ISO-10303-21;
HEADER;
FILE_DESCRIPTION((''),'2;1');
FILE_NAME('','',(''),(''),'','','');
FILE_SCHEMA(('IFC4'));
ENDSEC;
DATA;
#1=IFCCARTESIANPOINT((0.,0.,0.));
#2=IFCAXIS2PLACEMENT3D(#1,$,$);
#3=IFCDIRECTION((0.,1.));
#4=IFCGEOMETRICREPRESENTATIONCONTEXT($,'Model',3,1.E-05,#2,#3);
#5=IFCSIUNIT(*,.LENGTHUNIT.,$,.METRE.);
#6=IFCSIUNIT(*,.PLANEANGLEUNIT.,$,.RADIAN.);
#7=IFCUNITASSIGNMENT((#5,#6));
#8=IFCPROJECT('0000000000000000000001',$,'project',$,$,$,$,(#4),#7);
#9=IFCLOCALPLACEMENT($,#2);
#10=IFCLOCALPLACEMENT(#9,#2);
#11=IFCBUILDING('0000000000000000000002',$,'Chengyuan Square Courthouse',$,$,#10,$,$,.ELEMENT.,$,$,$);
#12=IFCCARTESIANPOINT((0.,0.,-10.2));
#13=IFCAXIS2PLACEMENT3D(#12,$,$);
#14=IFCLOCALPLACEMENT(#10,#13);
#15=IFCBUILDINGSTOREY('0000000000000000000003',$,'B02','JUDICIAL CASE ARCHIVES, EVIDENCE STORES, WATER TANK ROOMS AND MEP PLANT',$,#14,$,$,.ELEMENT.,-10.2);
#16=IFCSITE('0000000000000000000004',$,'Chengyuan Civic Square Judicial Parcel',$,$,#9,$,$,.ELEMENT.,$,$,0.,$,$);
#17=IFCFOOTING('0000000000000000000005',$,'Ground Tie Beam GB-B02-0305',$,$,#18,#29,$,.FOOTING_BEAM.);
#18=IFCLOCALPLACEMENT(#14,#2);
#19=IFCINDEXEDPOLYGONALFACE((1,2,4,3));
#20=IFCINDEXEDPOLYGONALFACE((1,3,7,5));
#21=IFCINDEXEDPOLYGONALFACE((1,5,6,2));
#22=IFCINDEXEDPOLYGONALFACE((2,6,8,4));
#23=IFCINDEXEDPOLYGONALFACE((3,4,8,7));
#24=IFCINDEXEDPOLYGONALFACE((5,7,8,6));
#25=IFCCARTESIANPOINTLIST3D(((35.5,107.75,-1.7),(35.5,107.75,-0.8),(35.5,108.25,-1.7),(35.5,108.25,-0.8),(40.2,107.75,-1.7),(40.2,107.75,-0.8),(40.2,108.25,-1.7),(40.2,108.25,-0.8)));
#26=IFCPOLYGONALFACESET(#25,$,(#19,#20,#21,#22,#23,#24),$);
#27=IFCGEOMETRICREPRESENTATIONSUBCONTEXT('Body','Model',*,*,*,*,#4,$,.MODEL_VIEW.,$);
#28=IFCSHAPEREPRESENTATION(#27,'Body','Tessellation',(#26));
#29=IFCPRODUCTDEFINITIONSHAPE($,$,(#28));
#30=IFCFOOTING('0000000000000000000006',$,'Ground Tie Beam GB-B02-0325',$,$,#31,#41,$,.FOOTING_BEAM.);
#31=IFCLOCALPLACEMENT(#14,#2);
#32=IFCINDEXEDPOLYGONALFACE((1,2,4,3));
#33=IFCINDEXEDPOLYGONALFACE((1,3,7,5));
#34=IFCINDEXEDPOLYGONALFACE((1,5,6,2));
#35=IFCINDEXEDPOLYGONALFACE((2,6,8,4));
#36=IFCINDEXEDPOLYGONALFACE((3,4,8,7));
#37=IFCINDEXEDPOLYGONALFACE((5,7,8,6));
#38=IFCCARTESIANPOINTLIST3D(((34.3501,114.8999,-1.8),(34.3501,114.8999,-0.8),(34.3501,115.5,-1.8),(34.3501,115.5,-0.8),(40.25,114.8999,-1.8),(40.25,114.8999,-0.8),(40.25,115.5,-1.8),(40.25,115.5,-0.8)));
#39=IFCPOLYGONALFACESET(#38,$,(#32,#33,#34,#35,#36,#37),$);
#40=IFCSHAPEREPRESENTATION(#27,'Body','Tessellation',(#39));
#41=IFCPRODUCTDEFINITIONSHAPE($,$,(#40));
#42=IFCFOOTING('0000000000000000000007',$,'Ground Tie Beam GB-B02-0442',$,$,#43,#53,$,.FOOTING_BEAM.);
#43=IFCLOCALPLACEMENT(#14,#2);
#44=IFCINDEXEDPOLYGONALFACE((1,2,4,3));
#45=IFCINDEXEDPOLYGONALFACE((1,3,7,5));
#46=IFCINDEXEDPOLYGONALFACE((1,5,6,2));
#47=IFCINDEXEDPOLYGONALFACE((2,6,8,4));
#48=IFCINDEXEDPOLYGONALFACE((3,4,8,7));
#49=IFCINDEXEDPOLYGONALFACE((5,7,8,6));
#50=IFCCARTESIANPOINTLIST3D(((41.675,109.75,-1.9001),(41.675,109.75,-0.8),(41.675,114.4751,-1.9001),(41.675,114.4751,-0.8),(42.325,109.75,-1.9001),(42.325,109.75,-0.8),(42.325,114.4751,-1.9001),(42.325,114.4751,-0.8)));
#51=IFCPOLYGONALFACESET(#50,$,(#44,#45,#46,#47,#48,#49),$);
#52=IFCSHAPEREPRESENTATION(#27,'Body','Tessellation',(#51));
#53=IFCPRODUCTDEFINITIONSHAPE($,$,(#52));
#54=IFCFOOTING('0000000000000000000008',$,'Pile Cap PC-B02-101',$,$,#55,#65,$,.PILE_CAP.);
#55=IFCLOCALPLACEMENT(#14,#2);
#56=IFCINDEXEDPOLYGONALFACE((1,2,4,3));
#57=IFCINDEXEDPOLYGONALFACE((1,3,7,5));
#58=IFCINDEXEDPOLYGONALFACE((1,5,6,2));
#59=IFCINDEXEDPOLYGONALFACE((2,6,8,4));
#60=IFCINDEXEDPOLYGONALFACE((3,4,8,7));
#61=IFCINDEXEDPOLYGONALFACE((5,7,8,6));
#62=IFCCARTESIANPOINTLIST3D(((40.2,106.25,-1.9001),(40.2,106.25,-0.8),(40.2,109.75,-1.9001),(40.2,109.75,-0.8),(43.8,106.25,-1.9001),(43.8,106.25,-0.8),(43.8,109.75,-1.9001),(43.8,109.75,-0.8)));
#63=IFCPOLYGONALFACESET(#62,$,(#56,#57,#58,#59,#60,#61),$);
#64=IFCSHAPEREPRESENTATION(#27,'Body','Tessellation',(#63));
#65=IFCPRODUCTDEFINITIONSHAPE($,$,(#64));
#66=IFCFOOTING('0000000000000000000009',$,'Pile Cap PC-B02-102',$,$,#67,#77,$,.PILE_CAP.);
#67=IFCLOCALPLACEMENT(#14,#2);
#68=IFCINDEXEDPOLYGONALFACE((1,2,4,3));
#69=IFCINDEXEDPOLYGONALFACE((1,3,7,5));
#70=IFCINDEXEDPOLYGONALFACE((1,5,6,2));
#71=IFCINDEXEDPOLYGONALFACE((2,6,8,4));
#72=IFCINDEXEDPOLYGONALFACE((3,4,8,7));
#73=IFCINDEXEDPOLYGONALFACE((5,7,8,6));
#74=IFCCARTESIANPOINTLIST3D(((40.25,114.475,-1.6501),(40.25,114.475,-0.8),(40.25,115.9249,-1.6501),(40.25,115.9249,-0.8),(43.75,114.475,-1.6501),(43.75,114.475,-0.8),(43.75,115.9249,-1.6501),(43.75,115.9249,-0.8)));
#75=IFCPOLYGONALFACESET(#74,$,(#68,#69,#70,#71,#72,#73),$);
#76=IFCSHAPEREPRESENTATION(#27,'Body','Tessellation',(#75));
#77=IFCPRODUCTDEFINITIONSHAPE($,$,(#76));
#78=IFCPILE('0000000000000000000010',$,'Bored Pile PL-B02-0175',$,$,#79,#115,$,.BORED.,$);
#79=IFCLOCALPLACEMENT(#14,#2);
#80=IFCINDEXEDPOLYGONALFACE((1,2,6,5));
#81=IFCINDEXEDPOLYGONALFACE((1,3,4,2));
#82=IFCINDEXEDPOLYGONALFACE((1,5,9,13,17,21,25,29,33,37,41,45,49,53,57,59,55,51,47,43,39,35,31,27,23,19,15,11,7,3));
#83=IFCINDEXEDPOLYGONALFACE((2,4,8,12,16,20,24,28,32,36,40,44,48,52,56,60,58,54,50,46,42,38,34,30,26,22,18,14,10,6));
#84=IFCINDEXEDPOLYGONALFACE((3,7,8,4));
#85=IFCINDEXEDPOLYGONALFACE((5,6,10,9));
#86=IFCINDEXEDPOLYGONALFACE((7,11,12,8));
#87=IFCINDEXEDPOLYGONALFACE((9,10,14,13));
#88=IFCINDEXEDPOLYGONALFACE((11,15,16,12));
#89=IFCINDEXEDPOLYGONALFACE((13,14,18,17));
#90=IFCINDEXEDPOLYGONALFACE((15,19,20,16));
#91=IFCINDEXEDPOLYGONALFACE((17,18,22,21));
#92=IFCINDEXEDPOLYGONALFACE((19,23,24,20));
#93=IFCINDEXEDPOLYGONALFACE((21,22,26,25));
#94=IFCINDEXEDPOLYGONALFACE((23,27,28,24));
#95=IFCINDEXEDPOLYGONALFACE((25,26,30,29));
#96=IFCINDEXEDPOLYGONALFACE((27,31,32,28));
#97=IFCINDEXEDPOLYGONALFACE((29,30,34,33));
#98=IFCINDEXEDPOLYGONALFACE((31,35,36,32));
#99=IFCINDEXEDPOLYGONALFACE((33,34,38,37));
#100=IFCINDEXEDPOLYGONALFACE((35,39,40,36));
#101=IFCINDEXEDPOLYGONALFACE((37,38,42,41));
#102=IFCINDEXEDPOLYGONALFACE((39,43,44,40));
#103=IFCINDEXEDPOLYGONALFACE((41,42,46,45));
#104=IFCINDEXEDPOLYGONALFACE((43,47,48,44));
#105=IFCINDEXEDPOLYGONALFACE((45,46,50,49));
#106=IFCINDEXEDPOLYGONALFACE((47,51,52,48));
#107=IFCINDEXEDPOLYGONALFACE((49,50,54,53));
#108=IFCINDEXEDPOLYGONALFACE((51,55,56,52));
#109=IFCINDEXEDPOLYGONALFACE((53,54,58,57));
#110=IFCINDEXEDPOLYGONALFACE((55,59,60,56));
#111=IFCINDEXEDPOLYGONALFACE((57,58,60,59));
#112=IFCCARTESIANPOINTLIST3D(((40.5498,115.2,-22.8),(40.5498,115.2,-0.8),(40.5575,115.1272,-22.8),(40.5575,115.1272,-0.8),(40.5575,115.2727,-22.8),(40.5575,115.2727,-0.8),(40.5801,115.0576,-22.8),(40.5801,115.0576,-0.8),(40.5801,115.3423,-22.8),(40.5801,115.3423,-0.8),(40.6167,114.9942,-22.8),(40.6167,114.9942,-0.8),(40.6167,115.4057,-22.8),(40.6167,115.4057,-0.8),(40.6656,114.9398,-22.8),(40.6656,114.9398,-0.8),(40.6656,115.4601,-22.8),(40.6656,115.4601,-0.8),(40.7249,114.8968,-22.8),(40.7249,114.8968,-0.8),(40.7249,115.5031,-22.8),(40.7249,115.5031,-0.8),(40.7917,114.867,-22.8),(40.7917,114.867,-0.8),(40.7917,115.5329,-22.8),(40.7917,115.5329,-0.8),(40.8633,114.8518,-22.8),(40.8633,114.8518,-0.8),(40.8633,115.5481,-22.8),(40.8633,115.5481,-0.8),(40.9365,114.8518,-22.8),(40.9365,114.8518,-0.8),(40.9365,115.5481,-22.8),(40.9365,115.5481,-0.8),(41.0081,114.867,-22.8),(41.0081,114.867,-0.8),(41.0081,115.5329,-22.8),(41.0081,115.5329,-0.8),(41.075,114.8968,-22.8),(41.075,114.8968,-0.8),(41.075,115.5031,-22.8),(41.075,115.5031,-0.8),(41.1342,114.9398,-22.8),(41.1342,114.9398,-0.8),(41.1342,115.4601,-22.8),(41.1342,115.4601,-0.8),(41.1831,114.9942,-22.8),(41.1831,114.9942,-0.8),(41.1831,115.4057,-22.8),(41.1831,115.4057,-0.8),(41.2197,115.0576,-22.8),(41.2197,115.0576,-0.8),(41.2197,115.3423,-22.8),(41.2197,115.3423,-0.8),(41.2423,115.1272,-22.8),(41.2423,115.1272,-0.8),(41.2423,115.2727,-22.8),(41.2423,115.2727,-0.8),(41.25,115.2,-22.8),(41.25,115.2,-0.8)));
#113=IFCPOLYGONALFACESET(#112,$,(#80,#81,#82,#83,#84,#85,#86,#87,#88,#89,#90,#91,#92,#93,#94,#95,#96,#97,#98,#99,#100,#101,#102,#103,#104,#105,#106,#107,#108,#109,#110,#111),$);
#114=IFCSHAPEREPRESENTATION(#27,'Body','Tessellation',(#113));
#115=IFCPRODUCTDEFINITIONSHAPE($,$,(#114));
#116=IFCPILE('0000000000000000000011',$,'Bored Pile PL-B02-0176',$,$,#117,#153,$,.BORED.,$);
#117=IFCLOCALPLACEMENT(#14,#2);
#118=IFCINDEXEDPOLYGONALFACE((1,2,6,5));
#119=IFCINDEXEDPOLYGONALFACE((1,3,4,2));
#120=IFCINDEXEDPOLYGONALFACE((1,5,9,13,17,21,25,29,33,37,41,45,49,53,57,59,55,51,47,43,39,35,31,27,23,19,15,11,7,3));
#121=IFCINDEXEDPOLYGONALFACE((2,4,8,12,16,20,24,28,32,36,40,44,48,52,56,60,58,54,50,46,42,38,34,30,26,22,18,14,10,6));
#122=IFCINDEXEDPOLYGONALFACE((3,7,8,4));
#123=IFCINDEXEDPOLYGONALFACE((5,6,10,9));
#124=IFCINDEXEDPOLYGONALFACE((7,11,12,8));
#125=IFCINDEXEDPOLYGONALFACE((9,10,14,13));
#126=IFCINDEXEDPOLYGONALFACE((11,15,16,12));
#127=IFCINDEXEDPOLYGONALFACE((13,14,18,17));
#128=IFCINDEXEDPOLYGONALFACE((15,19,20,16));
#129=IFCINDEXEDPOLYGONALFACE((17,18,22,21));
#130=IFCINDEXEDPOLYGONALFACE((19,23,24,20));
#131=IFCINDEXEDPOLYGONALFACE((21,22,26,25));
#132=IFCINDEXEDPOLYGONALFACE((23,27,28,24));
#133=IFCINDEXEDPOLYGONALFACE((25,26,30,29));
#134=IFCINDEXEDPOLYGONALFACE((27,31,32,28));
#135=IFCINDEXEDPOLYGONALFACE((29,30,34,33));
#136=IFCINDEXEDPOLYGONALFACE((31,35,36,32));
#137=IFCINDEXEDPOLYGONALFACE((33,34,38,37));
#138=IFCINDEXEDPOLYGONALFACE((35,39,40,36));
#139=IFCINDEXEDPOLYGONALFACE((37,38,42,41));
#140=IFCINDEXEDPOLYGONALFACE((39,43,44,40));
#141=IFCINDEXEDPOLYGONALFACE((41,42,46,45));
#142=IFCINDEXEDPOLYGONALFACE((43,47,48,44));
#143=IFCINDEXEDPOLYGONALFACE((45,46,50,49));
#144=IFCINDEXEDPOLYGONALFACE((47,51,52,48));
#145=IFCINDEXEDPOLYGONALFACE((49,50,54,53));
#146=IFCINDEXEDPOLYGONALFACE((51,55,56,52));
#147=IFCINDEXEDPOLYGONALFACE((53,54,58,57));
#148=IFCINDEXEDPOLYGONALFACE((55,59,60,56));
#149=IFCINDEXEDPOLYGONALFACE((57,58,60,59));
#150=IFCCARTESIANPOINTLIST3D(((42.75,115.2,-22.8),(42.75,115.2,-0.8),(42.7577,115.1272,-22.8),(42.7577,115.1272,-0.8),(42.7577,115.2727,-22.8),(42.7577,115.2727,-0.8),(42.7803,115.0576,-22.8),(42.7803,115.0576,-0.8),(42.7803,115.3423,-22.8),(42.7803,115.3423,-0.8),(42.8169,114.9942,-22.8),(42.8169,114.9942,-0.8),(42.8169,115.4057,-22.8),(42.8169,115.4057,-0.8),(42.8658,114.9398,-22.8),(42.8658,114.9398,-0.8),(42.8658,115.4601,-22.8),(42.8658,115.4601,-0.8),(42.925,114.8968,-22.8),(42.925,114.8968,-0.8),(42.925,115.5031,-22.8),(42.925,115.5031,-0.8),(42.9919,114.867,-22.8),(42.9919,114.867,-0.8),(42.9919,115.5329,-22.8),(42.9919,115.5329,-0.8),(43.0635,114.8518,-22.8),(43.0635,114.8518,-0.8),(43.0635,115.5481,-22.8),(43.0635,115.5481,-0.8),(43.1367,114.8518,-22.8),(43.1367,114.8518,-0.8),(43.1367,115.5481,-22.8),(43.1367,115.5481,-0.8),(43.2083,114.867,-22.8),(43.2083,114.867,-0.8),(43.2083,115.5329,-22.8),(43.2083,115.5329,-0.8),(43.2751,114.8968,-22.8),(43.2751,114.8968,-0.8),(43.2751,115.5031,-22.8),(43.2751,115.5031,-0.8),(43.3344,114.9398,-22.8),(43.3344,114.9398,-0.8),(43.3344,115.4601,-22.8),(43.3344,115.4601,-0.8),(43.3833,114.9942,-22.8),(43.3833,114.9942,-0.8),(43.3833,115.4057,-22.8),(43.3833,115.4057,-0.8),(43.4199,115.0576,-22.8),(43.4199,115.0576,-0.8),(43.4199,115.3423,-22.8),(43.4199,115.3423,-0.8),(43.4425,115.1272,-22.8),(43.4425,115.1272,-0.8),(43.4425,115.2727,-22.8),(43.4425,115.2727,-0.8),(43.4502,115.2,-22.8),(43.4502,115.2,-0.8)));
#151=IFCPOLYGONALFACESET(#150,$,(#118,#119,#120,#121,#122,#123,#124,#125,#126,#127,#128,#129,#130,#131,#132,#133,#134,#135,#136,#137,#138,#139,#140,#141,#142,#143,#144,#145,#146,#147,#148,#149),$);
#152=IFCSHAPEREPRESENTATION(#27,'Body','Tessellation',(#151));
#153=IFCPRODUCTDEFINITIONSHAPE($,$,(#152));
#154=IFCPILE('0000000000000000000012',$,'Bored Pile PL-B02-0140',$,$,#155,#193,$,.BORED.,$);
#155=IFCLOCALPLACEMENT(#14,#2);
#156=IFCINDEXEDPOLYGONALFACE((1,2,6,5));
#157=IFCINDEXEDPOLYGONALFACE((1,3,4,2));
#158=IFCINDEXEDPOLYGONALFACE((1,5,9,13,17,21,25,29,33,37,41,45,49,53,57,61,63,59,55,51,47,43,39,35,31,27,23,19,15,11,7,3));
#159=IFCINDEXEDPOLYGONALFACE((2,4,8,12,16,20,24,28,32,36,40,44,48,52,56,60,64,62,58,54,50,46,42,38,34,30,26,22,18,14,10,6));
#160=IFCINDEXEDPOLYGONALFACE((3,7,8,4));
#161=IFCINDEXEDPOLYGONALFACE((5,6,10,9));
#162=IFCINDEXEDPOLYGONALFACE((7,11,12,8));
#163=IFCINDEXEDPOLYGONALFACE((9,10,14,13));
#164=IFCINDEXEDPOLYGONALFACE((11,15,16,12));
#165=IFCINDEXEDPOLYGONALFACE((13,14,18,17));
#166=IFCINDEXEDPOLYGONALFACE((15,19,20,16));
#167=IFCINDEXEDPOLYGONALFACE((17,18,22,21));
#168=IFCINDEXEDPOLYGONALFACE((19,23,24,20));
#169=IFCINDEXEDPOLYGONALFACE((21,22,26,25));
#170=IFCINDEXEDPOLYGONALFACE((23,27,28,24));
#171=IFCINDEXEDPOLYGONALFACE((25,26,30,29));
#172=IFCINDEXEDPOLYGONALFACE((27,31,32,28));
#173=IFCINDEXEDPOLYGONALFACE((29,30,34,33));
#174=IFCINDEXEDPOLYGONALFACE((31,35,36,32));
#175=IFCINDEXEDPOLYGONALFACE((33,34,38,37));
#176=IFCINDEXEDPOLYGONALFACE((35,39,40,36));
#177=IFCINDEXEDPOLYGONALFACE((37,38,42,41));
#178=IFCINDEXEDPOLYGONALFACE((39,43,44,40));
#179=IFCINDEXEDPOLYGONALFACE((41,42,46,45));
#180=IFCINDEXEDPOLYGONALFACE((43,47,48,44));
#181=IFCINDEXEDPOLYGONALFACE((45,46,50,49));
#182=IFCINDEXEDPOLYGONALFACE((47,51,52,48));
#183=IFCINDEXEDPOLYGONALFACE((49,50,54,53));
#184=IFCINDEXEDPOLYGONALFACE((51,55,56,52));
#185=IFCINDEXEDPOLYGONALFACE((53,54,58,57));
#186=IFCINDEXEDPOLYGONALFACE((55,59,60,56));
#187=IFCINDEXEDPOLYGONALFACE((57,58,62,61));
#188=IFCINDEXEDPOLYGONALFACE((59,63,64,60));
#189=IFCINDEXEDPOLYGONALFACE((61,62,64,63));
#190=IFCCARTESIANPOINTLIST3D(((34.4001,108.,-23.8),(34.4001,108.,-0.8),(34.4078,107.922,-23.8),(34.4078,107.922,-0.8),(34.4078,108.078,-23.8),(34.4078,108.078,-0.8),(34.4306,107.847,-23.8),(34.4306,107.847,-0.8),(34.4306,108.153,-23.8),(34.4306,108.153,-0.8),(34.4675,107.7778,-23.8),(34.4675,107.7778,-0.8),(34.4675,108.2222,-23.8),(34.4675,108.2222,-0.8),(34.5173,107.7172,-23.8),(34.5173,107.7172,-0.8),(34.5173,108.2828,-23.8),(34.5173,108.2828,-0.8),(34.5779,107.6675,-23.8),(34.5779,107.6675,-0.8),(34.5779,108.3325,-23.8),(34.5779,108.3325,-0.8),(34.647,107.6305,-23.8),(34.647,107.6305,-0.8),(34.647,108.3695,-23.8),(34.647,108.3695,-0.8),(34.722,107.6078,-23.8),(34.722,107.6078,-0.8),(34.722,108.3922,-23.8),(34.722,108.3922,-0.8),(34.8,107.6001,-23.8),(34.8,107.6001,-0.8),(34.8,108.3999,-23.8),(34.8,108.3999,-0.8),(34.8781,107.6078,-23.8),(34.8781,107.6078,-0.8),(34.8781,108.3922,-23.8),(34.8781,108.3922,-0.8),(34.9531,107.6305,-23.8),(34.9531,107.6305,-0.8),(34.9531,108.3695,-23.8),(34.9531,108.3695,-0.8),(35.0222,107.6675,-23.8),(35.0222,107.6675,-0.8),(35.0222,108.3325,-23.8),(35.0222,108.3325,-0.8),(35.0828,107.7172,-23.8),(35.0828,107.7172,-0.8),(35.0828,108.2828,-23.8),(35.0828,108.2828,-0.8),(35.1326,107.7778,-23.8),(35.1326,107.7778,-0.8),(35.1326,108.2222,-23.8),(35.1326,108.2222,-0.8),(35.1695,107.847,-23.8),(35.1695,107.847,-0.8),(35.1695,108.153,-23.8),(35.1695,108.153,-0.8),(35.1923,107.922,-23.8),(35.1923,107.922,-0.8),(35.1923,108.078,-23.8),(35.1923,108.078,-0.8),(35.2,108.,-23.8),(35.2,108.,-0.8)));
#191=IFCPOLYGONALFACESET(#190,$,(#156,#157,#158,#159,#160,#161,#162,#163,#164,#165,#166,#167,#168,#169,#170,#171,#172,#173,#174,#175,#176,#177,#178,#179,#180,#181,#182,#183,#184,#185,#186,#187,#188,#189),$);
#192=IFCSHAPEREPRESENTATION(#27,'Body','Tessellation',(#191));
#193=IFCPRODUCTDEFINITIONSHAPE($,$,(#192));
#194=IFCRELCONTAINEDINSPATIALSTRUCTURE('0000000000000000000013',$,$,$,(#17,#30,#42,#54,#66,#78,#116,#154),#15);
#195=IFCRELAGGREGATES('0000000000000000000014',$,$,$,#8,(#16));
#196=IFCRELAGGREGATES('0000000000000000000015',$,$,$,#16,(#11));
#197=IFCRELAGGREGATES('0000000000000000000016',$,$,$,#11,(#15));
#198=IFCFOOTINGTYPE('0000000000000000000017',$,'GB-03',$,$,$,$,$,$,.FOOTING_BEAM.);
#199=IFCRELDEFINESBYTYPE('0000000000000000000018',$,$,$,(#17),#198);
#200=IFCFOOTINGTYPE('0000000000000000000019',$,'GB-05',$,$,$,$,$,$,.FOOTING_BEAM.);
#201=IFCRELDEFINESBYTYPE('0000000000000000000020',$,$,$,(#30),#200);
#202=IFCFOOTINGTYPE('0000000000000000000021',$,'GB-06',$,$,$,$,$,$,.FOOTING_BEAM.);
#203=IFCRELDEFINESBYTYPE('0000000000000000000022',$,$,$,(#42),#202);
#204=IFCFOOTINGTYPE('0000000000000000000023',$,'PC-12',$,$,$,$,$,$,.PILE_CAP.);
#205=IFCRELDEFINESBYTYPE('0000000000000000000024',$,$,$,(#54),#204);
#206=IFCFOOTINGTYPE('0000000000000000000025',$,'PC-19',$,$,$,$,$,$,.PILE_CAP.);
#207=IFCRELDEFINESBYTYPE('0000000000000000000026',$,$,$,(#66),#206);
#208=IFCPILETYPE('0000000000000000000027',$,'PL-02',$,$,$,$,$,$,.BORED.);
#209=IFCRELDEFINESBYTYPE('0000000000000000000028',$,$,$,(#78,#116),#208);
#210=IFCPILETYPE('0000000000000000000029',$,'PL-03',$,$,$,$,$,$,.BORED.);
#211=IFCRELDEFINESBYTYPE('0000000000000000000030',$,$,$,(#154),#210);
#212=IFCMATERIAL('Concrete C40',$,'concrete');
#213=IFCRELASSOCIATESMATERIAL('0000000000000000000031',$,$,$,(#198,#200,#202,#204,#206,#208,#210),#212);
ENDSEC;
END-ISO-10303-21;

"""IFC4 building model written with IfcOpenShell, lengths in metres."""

from ifc_helpers import new_model, si_unit, direction, frame, origin, origin_2d, place, context, subcontext, project, spatial, rectangle, circle, extrude, material, material_profile, profile_set, type_object, element, save


model = new_model("IFC4")

# Units and contexts
model_context = context("Model", 3, precision=1e-05, world=origin(), true_north=direction((0.0, 1.0)))
body_context = subcontext(model_context, "Body", "Model", "MODEL_VIEW")
ifc_project = project(units=[si_unit("LENGTHUNIT", "METRE"), si_unit("PLANEANGLEUNIT", "RADIAN")], contexts=[model_context])

# Site, building, storey
site_placement = place(None, origin())
site = spatial("IfcSite", under=ifc_project, at=site_placement, Name="Chengyuan Civic Square Judicial Parcel", CompositionType="ELEMENT", RefElevation=0.0)
building_placement = place(site_placement, origin())
building = spatial("IfcBuilding", under=site, at=building_placement, Name="Chengyuan Square Courthouse", CompositionType="ELEMENT")
storey_placement = place(building_placement, frame((0.0, 0.0, -10.2)))
storey = spatial("IfcBuildingStorey", under=building, at=storey_placement, Name="B02", Description="JUDICIAL CASE ARCHIVES, EVIDENCE STORES, WATER TANK ROOMS AND MEP PLANT", CompositionType="ELEMENT", Elevation=-10.2)

# Footings
ifc_material_1 = material(Name="Concrete C40", Category="concrete")
ifc_material_profile_1 = material_profile(ifc_material_1, rectangle(XDim=0.5, YDim=0.8999, at=origin_2d()), Name="GB-500x900")
ifc_profile_set_1 = profile_set([ifc_material_profile_1], Name="Concrete C40")
footing_type_1 = type_object("IfcFootingType", Name="GB-03", PredefinedType="FOOTING_BEAM", material=ifc_profile_set_1)
footing_1_placement = place(storey_placement, frame((35.5, 108.0, -1.25), z_axis=(1.0, 0.0, 0.0), x_axis=(0.0, 1.0, 0.0)))
element("IfcFooting", 1, at=footing_1_placement, inside=storey, type_object=footing_type_1, Name="Ground Tie Beam GB-B02-0305", PredefinedType="FOOTING_BEAM", context=body_context, shape_type="SweptSolid", body=[
    extrude(rectangle(XDim=0.5, YDim=0.8999, at=origin_2d()), origin(), (0.0, 0.0, 1.0), 4.7),
])
ifc_material_profile_2 = material_profile(ifc_material_1, rectangle(XDim=0.6001, YDim=1.0, at=origin_2d()), Name="GB-600x1000")
ifc_profile_set_2 = profile_set([ifc_material_profile_2], Name="Concrete C40")
footing_type_2 = type_object("IfcFootingType", Name="GB-05", PredefinedType="FOOTING_BEAM", material=ifc_profile_set_2)
footing_2_placement = place(storey_placement, frame((34.3501, 115.2, -1.3), z_axis=(1.0, 0.0, 0.0), x_axis=(0.0, 1.0, 0.0)))
element("IfcFooting", 2, at=footing_2_placement, inside=storey, type_object=footing_type_2, Name="Ground Tie Beam GB-B02-0325", PredefinedType="FOOTING_BEAM", context=body_context, shape_type="SweptSolid", body=[
    extrude(rectangle(XDim=0.6001, YDim=1.0, at=origin_2d()), origin(), (0.0, 0.0, 1.0), 5.8999),
])
ifc_material_profile_3 = material_profile(ifc_material_1, rectangle(XDim=0.6499, YDim=1.1001, at=origin_2d()), Name="GB-650x1100")
ifc_profile_set_3 = profile_set([ifc_material_profile_3], Name="Concrete C40")
footing_type_3 = type_object("IfcFootingType", Name="GB-06", PredefinedType="FOOTING_BEAM", material=ifc_profile_set_3)
footing_3_placement = place(storey_placement, frame((42.0, 109.75, -1.3501), z_axis=(0.0, 1.0, 0.0), x_axis=(-1.0, 0.0, 0.0)))
element("IfcFooting", 3, at=footing_3_placement, inside=storey, type_object=footing_type_3, Name="Ground Tie Beam GB-B02-0442", PredefinedType="FOOTING_BEAM", context=body_context, shape_type="SweptSolid", body=[
    extrude(rectangle(XDim=0.6499, YDim=1.1001, at=origin_2d()), origin(), (0.0, 0.0, 1.0), 4.7251),
])
footing_type_4 = type_object("IfcFootingType", Name="PC-12", PredefinedType="PILE_CAP", material=ifc_material_1)
footing_4_placement = place(storey_placement, frame((42.0, 108.0, -1.9001), z_axis=(0.0, 0.0, 1.0), x_axis=(1.0, 0.0, 0.0)))
element("IfcFooting", 4, at=footing_4_placement, inside=storey, type_object=footing_type_4, Name="Pile Cap PC-B02-101", PredefinedType="PILE_CAP", context=body_context, shape_type="SweptSolid", body=[
    extrude(rectangle(XDim=3.6001, YDim=3.5, at=origin_2d()), origin(), (0.0, 0.0, 1.0), 1.1001),
])
footing_type_5 = type_object("IfcFootingType", Name="PC-19", PredefinedType="PILE_CAP", material=ifc_material_1)
footing_5_placement = place(storey_placement, frame((42.0, 115.2, -1.6501), z_axis=(0.0, 0.0, 1.0), x_axis=(1.0, 0.0, 0.0)))
element("IfcFooting", 5, at=footing_5_placement, inside=storey, type_object=footing_type_5, Name="Pile Cap PC-B02-102", PredefinedType="PILE_CAP", context=body_context, shape_type="SweptSolid", body=[
    extrude(rectangle(XDim=3.5, YDim=1.45, at=origin_2d()), origin(), (0.0, 0.0, 1.0), 0.8501),
])

# Piles
ifc_material_profile_4 = material_profile(ifc_material_1, circle(Radius=0.3501, at=origin_2d()), Name="BORED PILE D700")
ifc_profile_set_4 = profile_set([ifc_material_profile_4], Name="Concrete C40")
pile_type_1 = type_object("IfcPileType", Name="PL-02", PredefinedType="BORED", material=ifc_profile_set_4)
for number, where, z_axis, x_axis, name in (
    (6, (40.8999, 115.2, -0.8), (0.0, 0.0, -1.0), (1.0, 0.0, 0.0), "Bored Pile PL-B02-0175"),
    (7, (43.1001, 115.2, -0.8), (0.0, 0.0, -1.0), (1.0, 0.0, 0.0), "Bored Pile PL-B02-0176"),
):
    element("IfcPile", number, at=place(storey_placement, frame(where, z_axis=z_axis, x_axis=x_axis)), inside=storey, type_object=pile_type_1, Name=name, PredefinedType="BORED", context=body_context, shape_type="SweptSolid", body=[
        extrude(circle(Radius=0.3501, at=origin_2d()), origin(), (0.0, 0.0, 1.0), 22.0),
    ])
ifc_material_profile_5 = material_profile(ifc_material_1, circle(Radius=0.3999, at=origin_2d()), Name="BORED PILE D800")
ifc_profile_set_5 = profile_set([ifc_material_profile_5], Name="Concrete C40")
pile_type_2 = type_object("IfcPileType", Name="PL-03", PredefinedType="BORED", material=ifc_profile_set_5)
for number, where, z_axis, x_axis, name in (
    (8, (34.8, 108.0, -0.8), (0.0, 0.0, -1.0), (1.0, 0.0, 0.0), "Bored Pile PL-B02-0140"),
):
    element("IfcPile", number, at=place(storey_placement, frame(where, z_axis=z_axis, x_axis=x_axis)), inside=storey, type_object=pile_type_2, Name=name, PredefinedType="BORED", context=body_context, shape_type="SweptSolid", body=[
        extrude(circle(Radius=0.3999, at=origin_2d()), origin(), (0.0, 0.0, 1.0), 23.0),
    ])

save(model, "model.ifc")
